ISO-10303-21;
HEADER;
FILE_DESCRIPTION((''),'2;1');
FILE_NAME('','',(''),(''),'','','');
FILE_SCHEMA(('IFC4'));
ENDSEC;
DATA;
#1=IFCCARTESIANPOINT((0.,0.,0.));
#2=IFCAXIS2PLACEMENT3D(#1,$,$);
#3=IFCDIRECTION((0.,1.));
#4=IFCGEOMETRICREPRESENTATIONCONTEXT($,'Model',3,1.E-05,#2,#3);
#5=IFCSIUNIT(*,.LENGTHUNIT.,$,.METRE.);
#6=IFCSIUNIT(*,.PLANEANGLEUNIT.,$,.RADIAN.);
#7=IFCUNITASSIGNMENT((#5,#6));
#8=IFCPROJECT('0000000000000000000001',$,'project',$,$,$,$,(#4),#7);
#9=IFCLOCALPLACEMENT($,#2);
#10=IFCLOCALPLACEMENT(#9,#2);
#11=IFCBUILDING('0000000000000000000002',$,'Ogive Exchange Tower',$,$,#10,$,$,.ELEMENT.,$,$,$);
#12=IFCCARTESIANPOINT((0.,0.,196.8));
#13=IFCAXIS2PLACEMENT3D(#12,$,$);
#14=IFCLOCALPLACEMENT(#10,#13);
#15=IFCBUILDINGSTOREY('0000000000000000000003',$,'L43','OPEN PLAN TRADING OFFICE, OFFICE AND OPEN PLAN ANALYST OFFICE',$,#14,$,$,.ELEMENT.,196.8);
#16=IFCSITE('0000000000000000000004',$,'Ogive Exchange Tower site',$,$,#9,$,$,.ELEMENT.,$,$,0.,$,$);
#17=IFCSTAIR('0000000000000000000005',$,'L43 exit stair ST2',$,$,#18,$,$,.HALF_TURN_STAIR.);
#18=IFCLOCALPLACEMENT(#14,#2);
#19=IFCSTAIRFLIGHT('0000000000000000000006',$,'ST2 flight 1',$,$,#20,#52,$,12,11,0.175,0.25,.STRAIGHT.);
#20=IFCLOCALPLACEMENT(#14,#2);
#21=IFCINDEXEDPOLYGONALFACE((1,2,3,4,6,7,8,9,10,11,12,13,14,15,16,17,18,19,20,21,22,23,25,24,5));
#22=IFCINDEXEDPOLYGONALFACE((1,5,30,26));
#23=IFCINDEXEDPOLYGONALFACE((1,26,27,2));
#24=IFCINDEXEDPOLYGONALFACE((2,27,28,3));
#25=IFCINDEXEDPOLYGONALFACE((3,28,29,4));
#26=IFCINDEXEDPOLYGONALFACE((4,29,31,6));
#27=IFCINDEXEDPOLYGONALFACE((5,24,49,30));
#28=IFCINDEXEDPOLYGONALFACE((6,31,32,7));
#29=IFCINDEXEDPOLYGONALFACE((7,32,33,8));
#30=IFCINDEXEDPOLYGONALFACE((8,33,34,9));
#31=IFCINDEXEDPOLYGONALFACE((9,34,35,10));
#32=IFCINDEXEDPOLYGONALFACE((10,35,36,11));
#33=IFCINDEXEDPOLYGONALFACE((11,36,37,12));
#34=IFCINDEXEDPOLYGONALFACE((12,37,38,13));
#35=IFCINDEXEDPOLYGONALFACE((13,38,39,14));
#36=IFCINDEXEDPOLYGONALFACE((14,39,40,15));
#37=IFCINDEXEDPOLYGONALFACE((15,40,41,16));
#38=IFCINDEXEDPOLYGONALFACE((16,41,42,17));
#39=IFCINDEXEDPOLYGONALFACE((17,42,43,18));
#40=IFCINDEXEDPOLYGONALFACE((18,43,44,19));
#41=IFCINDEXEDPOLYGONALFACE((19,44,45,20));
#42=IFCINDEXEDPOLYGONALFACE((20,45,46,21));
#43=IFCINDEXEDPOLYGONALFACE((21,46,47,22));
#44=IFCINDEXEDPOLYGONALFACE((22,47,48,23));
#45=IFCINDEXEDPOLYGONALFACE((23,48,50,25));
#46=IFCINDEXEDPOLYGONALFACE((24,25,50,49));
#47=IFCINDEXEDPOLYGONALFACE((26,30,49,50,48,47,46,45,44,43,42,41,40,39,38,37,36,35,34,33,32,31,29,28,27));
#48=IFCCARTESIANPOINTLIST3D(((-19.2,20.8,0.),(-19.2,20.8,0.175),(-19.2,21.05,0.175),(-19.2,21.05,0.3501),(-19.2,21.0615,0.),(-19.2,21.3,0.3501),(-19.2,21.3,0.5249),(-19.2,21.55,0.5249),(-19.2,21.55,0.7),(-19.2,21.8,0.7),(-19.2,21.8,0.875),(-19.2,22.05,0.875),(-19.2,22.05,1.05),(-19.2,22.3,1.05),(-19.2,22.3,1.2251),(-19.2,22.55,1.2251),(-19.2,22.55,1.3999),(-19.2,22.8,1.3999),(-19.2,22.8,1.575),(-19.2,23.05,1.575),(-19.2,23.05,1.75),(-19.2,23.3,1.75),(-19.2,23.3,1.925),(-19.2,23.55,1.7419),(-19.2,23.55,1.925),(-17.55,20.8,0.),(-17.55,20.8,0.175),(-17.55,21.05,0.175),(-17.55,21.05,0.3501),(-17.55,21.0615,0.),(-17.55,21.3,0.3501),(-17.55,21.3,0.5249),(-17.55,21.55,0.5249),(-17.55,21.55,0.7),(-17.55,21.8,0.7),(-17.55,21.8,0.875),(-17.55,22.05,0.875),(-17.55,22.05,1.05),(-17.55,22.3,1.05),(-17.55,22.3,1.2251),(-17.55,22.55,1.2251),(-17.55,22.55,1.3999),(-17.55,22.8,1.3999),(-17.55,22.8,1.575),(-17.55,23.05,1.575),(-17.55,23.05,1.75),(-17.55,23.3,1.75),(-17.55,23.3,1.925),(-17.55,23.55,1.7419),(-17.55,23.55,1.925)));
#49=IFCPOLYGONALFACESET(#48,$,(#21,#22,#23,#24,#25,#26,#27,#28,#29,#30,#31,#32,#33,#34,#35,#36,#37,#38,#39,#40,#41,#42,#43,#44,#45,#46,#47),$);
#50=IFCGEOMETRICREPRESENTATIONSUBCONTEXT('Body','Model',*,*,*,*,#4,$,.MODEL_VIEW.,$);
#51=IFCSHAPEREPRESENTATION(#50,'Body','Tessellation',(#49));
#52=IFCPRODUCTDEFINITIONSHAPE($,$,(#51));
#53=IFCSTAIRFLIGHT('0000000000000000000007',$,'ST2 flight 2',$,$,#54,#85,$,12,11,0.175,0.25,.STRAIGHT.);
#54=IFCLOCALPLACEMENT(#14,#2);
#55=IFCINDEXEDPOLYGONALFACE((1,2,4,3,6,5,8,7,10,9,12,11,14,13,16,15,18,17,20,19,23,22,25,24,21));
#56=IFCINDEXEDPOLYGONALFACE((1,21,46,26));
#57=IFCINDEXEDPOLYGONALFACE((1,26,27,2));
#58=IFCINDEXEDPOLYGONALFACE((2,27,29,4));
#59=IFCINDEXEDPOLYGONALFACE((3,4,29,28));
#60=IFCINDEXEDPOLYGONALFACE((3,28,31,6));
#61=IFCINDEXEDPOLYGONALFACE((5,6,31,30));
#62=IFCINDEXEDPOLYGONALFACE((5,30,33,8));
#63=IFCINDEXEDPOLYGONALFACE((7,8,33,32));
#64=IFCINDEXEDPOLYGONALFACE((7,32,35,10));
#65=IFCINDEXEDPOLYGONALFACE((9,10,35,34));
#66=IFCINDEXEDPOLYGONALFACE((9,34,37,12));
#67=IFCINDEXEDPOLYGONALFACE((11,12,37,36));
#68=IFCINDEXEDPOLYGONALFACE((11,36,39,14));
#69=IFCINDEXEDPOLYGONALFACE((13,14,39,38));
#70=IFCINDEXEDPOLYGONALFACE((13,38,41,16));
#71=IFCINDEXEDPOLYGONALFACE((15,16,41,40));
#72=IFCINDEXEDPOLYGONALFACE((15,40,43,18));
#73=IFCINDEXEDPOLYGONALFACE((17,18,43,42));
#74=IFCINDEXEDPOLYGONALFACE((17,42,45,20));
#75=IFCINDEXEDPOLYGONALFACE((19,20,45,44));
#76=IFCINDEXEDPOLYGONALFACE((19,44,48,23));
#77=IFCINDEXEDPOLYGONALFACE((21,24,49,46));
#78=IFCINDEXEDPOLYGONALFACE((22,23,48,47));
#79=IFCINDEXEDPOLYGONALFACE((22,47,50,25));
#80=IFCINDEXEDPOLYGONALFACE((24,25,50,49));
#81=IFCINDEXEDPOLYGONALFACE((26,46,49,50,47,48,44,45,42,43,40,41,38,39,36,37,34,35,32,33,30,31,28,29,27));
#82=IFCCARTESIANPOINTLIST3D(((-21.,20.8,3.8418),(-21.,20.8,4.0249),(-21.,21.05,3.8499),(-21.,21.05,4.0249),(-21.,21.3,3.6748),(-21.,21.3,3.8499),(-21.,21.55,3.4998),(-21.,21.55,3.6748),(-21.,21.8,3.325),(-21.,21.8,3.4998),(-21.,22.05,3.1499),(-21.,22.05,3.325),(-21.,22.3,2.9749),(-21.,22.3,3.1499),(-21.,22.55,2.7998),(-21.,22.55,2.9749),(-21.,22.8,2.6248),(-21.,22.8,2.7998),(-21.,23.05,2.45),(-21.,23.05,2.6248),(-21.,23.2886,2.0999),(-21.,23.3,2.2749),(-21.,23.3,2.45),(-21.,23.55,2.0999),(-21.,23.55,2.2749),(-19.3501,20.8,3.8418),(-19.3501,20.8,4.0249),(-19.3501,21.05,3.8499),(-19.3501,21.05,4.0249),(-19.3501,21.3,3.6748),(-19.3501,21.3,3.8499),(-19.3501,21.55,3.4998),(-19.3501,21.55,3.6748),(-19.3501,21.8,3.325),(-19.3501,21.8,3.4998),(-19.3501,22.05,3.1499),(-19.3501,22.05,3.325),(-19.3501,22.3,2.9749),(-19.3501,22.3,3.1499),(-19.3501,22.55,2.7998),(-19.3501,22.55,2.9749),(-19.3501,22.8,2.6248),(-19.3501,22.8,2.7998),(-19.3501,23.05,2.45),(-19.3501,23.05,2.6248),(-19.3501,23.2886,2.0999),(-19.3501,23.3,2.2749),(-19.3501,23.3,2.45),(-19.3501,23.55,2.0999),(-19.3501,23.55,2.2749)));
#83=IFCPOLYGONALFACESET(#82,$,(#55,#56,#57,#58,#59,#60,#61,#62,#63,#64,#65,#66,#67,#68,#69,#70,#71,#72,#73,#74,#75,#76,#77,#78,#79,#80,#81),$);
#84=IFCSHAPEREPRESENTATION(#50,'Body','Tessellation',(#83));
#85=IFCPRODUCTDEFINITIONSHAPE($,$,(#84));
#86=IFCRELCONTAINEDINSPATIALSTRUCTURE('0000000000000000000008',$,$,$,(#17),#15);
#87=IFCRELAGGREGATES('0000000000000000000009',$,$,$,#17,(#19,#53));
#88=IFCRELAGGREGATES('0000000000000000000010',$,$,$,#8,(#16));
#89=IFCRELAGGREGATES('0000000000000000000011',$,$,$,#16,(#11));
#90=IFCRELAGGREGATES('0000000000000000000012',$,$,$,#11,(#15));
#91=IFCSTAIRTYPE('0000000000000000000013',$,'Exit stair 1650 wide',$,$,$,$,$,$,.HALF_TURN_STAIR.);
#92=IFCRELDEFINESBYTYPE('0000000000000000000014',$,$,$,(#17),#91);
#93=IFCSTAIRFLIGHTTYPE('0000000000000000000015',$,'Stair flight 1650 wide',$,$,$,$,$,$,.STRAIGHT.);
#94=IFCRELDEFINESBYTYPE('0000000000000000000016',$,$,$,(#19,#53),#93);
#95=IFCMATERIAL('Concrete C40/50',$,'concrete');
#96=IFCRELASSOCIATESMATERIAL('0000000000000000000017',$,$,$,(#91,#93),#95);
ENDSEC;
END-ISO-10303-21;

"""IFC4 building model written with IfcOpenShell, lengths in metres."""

from ifc_helpers import new_model, si_unit, direction, frame, origin, place, context, subcontext, project, spatial, polyline, outline, extrude, material, type_object, element, aggregate, save


model = new_model("IFC4")

# Units and contexts
model_context = context("Model", 3, precision=1e-05, world=origin(), true_north=direction((0.0, 1.0)))
body_context = subcontext(model_context, "Body", "Model", "MODEL_VIEW")
ifc_project = project(units=[si_unit("LENGTHUNIT", "METRE"), si_unit("PLANEANGLEUNIT", "RADIAN")], contexts=[model_context])

# Site, building, storey
site_placement = place(None, origin())
site = spatial("IfcSite", under=ifc_project, at=site_placement, Name="Ogive Exchange Tower site", CompositionType="ELEMENT", RefElevation=0.0)
building_placement = place(site_placement, origin())
building = spatial("IfcBuilding", under=site, at=building_placement, Name="Ogive Exchange Tower", CompositionType="ELEMENT")
storey_placement = place(building_placement, frame((0.0, 0.0, 196.8)))
storey = spatial("IfcBuildingStorey", under=building, at=storey_placement, Name="L43", Description="OPEN PLAN TRADING OFFICE, OFFICE AND OPEN PLAN ANALYST OFFICE", CompositionType="ELEMENT", Elevation=196.8)

# Stair, stair flights
ifc_material_1 = material(Name="Concrete C40/50", Category="concrete")
stair_type = type_object("IfcStairType", Name="Exit stair 1650 wide", PredefinedType="HALF_TURN_STAIR", material=ifc_material_1)
stair_placement = place(storey_placement, origin())
stair = element("IfcStair", 1, at=stair_placement, inside=storey, type_object=stair_type, Name="L43 exit stair ST2", PredefinedType="HALF_TURN_STAIR")
stair_flight_type = type_object("IfcStairFlightType", Name="Stair flight 1650 wide", PredefinedType="STRAIGHT", material=ifc_material_1)
stair_flight_1_placement = place(storey_placement, frame((-18.375, 20.8, 0.0), z_axis=(0.0, 0.0, 1.0), x_axis=(0.0, 1.0, 0.0)))
stair_flight_1 = element("IfcStairFlight", 2, at=stair_flight_1_placement, type_object=stair_flight_type, Name="ST2 flight 1", NumberOfRisers=12, NumberOfTreads=11, PredefinedType="STRAIGHT", RiserHeight=0.175, TreadLength=0.25, context=body_context, shape_type="SweptSolid", body=[
    extrude(outline(polyline([(0.0, 0.0), (0.0, 0.175), (0.25, 0.175), (0.25, 0.3501), (0.5, 0.3501), (0.5, 0.5249), (0.75, 0.5249), (0.75, 0.7), (1.0, 0.7), (1.0, 0.875), (1.25, 0.875), (1.25, 1.05), (1.5, 1.05), (1.5, 1.2251), (1.75, 1.2251), (1.75, 1.3999), (2.0, 1.3999), (2.0, 1.575), (2.25, 1.575), (2.25, 1.75), (2.5, 1.75), (2.5, 1.925), (2.75, 1.925), (2.75, 2.1001), (2.75, 1.7419), (0.2615, 0.0), (0.0, 0.0)])), frame((0.0, 0.825, 0.0), z_axis=(0.0, -1.0, 0.0), x_axis=(1.0, 0.0, 0.0)), (0.0, 0.0, 1.0), 1.6499),
])
stair_flight_2_placement = place(storey_placement, frame((-20.175, 23.55, 2.0999), z_axis=(0.0, 0.0, 1.0), x_axis=(0.0, -1.0, 0.0)))
stair_flight_2 = element("IfcStairFlight", 3, at=stair_flight_2_placement, type_object=stair_flight_type, Name="ST2 flight 2", NumberOfRisers=12, NumberOfTreads=11, PredefinedType="STRAIGHT", RiserHeight=0.175, TreadLength=0.25, context=body_context, shape_type="SweptSolid", body=[
    extrude(outline(polyline([(0.0, 0.0), (0.0, 0.175), (0.25, 0.175), (0.25, 0.3501), (0.5, 0.3501), (0.5, 0.5249), (0.75, 0.5249), (0.75, 0.7), (1.0, 0.7), (1.0, 0.875), (1.25, 0.875), (1.25, 1.05), (1.5, 1.05), (1.5, 1.2251), (1.75, 1.2251), (1.75, 1.3999), (2.0, 1.3999), (2.0, 1.575), (2.25, 1.575), (2.25, 1.75), (2.5, 1.75), (2.5, 1.925), (2.75, 1.925), (2.75, 2.1001), (2.75, 1.7419), (0.2615, 0.0), (0.0, 0.0)])), frame((0.0, 0.825, 0.0), z_axis=(0.0, -1.0, 0.0), x_axis=(1.0, 0.0, 0.0)), (0.0, 0.0, 1.0), 1.6499),
])
aggregate(stair, [stair_flight_1, stair_flight_2])

save(model, "model.ifc")
